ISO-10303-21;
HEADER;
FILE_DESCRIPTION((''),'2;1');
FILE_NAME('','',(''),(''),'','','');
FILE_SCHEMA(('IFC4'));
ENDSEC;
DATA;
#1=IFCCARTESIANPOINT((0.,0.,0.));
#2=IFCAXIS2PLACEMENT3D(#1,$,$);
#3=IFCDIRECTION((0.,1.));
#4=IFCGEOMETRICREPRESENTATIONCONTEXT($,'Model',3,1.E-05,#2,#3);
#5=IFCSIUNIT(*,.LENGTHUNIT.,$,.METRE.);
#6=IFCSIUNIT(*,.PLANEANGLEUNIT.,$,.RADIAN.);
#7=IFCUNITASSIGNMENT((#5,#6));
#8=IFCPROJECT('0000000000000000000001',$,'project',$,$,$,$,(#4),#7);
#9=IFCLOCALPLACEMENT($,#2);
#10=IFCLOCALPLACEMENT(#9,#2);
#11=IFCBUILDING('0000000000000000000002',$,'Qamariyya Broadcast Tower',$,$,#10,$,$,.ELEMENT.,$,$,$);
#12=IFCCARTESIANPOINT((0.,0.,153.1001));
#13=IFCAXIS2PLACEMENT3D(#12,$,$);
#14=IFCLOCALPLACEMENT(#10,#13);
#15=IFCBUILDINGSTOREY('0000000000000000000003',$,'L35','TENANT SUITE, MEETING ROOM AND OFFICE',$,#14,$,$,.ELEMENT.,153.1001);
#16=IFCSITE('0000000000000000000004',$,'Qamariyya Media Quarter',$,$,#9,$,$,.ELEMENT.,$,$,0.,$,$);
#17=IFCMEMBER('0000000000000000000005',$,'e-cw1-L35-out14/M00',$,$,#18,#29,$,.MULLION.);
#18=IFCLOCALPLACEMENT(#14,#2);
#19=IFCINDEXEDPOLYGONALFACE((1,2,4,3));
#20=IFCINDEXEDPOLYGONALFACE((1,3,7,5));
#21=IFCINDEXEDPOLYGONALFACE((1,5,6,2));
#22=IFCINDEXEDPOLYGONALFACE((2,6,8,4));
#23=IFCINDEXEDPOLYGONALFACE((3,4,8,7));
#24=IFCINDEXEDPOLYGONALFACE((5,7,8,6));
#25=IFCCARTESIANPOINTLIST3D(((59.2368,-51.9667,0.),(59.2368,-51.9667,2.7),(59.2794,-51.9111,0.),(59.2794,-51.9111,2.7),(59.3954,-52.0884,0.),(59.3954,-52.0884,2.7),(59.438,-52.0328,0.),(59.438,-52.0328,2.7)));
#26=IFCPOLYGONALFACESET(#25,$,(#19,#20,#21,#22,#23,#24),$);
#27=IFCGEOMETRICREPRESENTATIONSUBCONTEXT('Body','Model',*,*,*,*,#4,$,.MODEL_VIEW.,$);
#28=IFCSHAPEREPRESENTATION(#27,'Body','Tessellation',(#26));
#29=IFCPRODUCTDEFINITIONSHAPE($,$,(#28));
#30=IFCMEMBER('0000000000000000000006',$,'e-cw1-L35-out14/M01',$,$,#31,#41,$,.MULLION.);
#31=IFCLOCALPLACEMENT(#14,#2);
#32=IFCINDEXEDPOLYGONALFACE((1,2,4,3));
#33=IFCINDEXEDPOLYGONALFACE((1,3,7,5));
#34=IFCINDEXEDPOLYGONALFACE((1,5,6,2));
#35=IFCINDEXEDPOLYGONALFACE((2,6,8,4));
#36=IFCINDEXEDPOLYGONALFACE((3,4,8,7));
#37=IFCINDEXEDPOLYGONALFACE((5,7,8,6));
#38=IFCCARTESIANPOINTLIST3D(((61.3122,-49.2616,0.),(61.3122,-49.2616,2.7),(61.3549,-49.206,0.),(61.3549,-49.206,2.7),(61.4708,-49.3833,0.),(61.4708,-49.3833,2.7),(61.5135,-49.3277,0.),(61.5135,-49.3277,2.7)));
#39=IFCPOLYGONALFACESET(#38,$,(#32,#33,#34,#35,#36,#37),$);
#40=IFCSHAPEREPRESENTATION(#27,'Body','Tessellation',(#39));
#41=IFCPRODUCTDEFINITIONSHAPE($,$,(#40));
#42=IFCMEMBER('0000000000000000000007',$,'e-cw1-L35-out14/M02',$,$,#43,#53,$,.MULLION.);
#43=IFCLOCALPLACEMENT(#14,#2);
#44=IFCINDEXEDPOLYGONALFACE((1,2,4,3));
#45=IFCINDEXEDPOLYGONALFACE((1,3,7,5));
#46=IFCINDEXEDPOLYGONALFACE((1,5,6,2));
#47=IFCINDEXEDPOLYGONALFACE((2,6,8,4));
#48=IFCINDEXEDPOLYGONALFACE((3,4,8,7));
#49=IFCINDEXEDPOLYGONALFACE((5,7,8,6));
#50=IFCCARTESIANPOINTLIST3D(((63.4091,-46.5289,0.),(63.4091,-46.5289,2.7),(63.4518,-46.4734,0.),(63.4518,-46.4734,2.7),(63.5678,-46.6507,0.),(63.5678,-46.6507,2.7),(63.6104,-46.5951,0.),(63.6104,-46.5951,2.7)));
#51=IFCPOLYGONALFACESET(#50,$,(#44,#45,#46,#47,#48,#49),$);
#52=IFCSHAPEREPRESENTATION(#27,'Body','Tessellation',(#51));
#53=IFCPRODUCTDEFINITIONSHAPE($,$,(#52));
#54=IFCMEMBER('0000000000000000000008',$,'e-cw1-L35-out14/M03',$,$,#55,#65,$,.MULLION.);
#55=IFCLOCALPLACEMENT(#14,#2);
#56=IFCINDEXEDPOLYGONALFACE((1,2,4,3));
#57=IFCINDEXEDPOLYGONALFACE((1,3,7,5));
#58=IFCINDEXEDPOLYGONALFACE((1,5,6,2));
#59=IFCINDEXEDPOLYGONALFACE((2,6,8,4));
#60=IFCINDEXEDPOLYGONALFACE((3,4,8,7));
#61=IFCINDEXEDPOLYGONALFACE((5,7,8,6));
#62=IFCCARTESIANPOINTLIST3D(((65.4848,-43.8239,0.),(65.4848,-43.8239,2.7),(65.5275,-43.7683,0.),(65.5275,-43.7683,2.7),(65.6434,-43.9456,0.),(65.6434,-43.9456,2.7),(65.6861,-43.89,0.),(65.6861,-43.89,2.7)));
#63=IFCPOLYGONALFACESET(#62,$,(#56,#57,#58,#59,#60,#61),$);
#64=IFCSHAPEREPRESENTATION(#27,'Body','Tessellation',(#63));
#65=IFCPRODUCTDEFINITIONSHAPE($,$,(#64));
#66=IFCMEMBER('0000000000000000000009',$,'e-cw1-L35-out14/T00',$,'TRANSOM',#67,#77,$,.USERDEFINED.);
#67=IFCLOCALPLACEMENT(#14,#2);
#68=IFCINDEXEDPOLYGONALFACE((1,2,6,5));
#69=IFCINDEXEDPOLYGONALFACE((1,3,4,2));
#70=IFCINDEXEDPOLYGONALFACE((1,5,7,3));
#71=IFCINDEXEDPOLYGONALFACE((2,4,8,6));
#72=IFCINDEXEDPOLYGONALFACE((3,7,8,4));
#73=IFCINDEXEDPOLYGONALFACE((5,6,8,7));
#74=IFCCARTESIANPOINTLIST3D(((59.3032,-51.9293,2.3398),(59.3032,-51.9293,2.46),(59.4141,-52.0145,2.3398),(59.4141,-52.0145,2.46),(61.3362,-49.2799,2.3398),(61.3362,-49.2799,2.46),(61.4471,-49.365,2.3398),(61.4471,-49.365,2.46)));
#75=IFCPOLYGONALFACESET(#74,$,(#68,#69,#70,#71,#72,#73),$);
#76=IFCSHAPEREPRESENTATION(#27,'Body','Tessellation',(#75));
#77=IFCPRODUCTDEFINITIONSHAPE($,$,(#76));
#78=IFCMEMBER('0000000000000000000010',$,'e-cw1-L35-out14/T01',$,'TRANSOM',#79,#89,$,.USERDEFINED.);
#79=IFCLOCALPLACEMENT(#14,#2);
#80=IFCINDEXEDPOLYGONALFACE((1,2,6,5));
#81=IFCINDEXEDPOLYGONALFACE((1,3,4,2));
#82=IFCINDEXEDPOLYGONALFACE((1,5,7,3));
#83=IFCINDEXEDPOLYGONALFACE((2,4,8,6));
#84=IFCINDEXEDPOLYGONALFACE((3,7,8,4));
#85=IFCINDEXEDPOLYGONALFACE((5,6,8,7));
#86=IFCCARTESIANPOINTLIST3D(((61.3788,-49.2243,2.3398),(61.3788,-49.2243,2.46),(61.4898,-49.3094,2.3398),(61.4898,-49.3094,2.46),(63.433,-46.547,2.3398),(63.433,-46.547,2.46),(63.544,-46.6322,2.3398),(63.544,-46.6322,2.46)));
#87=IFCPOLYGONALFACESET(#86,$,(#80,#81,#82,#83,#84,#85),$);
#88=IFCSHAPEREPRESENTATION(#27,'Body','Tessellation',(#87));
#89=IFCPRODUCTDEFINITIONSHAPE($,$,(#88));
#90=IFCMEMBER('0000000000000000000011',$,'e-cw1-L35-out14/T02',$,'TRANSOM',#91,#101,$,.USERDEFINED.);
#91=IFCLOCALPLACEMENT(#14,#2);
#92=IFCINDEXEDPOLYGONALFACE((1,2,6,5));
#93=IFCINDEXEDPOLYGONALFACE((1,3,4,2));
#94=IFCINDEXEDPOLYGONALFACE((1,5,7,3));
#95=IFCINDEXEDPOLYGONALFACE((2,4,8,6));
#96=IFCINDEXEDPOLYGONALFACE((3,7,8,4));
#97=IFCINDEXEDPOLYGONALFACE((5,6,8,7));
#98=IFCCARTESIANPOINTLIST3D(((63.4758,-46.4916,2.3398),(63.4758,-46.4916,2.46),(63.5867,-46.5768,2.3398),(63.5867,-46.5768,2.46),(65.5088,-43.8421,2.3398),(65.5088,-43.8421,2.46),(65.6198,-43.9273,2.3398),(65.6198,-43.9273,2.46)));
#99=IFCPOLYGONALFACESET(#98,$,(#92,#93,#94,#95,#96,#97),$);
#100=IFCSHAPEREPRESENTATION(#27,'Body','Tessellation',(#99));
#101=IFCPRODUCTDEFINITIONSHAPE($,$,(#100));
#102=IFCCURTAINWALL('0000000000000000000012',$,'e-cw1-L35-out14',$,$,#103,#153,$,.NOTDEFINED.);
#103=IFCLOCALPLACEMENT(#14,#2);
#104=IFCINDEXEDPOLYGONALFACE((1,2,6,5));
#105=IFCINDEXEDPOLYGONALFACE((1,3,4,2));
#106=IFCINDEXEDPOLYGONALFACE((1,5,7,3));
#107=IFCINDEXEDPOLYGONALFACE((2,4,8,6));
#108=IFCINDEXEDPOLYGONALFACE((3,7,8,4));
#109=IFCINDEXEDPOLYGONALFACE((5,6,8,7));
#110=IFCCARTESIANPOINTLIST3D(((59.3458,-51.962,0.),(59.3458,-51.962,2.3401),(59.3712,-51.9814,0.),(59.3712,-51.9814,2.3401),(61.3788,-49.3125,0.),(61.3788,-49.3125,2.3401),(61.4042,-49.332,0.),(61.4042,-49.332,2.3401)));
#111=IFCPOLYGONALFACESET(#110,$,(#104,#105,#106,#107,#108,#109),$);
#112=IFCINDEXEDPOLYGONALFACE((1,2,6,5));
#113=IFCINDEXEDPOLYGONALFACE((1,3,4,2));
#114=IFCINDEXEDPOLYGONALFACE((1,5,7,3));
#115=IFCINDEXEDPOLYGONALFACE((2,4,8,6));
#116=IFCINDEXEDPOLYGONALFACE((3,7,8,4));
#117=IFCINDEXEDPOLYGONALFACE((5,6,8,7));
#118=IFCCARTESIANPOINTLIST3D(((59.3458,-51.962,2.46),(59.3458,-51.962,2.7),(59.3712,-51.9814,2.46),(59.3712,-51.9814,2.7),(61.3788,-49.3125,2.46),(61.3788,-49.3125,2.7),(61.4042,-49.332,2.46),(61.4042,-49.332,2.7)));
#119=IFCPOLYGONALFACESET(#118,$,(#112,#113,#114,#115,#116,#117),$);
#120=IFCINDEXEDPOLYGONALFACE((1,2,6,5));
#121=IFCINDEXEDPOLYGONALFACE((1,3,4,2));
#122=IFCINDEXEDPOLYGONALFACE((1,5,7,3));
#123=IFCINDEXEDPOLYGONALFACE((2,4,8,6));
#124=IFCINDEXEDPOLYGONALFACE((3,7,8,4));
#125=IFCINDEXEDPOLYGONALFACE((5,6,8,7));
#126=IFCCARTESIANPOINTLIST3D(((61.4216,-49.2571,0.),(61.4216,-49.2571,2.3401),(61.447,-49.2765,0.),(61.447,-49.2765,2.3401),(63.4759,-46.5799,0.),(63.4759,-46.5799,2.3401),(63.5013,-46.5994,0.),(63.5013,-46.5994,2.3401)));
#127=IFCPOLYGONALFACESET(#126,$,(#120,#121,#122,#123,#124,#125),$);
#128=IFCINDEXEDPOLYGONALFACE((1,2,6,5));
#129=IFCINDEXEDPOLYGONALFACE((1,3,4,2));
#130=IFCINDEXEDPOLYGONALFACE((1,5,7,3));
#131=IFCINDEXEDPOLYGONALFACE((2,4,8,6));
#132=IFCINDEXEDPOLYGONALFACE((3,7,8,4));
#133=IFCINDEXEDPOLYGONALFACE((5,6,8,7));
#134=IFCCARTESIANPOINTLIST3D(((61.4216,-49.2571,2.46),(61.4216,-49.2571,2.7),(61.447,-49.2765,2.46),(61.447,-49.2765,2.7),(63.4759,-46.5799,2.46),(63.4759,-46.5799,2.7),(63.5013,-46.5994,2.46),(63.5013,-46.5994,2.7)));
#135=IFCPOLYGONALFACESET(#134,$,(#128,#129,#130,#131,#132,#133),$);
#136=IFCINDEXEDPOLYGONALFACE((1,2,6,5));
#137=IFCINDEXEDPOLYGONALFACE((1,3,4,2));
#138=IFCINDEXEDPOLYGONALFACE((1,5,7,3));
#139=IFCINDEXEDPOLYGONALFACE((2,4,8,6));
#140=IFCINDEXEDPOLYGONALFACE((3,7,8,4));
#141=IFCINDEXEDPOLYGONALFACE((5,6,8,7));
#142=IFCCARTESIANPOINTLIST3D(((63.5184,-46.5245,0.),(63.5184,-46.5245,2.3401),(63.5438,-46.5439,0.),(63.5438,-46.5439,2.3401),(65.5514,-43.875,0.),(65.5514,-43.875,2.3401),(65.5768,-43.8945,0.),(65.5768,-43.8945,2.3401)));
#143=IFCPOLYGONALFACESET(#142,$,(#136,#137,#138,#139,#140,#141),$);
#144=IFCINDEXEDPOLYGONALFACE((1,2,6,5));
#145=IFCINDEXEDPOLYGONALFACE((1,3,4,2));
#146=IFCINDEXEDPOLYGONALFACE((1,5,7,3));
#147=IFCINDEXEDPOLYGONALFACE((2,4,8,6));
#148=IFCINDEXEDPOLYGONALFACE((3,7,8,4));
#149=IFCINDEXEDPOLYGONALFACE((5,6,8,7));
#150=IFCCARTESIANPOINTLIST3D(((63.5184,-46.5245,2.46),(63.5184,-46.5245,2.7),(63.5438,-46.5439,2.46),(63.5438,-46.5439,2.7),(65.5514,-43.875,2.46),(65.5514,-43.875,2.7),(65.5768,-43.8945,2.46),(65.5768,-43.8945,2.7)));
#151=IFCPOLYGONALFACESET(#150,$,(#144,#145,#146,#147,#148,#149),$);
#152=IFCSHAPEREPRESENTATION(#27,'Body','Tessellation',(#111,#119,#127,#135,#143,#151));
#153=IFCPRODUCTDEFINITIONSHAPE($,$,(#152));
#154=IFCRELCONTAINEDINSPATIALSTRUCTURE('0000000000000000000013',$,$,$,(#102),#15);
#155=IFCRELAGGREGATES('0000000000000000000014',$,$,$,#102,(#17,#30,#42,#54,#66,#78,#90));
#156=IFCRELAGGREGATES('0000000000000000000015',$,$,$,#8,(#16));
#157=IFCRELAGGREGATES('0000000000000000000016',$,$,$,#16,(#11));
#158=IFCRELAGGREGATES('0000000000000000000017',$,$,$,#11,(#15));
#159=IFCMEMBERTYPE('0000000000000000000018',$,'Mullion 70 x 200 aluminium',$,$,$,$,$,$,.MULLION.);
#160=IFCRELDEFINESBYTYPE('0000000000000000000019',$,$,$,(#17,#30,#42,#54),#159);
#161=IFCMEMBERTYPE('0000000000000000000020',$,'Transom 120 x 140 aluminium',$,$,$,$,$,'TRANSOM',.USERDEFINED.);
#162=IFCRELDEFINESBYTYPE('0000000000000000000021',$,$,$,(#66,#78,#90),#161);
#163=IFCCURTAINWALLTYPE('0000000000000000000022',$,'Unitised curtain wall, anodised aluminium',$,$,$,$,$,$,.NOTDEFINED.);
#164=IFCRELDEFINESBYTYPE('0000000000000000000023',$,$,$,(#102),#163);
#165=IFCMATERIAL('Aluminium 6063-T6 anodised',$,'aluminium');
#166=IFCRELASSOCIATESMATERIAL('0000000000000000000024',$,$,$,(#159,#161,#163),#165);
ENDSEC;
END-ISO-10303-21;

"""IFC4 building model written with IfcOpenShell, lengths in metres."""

from ifc_helpers import new_model, si_unit, direction, frame, origin, origin_2d, place, context, subcontext, project, spatial, rectangle, extrude, material, material_profile, profile_set, type_object, element, aggregate, save


model = new_model("IFC4")

# Units and contexts
model_context = context("Model", 3, precision=1e-05, world=origin(), true_north=direction((0.0, 1.0)))
body_context = subcontext(model_context, "Body", "Model", "MODEL_VIEW")
ifc_project = project(units=[si_unit("LENGTHUNIT", "METRE"), si_unit("PLANEANGLEUNIT", "RADIAN")], contexts=[model_context])

# Members
ifc_material_1 = material(Name="Aluminium 6063-T6 anodised", Category="aluminium")
site_placement = place(None, origin())
building_placement = place(site_placement, origin())
storey_placement = place(building_placement, frame((0.0, 0.0, 153.1001)))
ifc_material_profile_1 = material_profile(ifc_material_1, rectangle(XDim=0.2, YDim=0.0701, at=origin_2d()))
ifc_profile_set_1 = profile_set([ifc_material_profile_1], Name="Aluminium 6063-T6 anodised")
member_type_1 = type_object("IfcMemberType", Name="Mullion 70 x 200 aluminium", PredefinedType="MULLION", material=ifc_profile_set_1)
member_1_placement = place(storey_placement, frame((59.3374, -51.9998, 0.0), z_axis=(0.0, 0.0, 1.0), x_axis=(-0.793353, 0.608761, 0.0)))
member_1 = element("IfcMember", 1, at=member_1_placement, type_object=member_type_1, Name="e-cw1-L35-out14/M00", PredefinedType="MULLION", context=body_context, shape_type="SweptSolid", body=[
    extrude(rectangle(XDim=0.2, YDim=0.0701, at=origin_2d()), origin(), (0.0, 0.0, 1.0), 2.7),
])
member_2_placement = place(storey_placement, frame((61.4128, -49.2947, 0.0), z_axis=(0.0, 0.0, 1.0), x_axis=(-0.793353, 0.608761, 0.0)))
member_2 = element("IfcMember", 2, at=member_2_placement, type_object=member_type_1, Name="e-cw1-L35-out14/M01", PredefinedType="MULLION", context=body_context, shape_type="SweptSolid", body=[
    extrude(rectangle(XDim=0.2, YDim=0.0701, at=origin_2d()), origin(), (0.0, 0.0, 1.0), 2.7),
])
member_3_placement = place(storey_placement, frame((63.5098, -46.562, 0.0), z_axis=(0.0, 0.0, 1.0), x_axis=(-0.793353, 0.608761, 0.0)))
member_3 = element("IfcMember", 3, at=member_3_placement, type_object=member_type_1, Name="e-cw1-L35-out14/M02", PredefinedType="MULLION", context=body_context, shape_type="SweptSolid", body=[
    extrude(rectangle(XDim=0.2, YDim=0.0701, at=origin_2d()), origin(), (0.0, 0.0, 1.0), 2.7),
])
member_4_placement = place(storey_placement, frame((65.5854, -43.8569, 0.0), z_axis=(0.0, 0.0, 1.0), x_axis=(-0.793353, 0.608761, 0.0)))
member_4 = element("IfcMember", 4, at=member_4_placement, type_object=member_type_1, Name="e-cw1-L35-out14/M03", PredefinedType="MULLION", context=body_context, shape_type="SweptSolid", body=[
    extrude(rectangle(XDim=0.2, YDim=0.0701, at=origin_2d()), origin(), (0.0, 0.0, 1.0), 2.7),
])
ifc_material_profile_2 = material_profile(ifc_material_1, rectangle(XDim=0.1399, YDim=0.1201, at=origin_2d()))
ifc_profile_set_2 = profile_set([ifc_material_profile_2], Name="Aluminium 6063-T6 anodised")
member_type_2 = type_object("IfcMemberType", Name="Transom 120 x 140 aluminium", ElementType="TRANSOM", PredefinedType="USERDEFINED", material=ifc_profile_set_2)
member_5_placement = place(storey_placement, frame((59.3586, -51.9719, 2.3999), z_axis=(0.60876, 0.793354, 0.0), x_axis=(-0.793354, 0.60876, 0.0)))
member_5 = element("IfcMember", 5, at=member_5_placement, type_object=member_type_2, Name="e-cw1-L35-out14/T00", ObjectType="TRANSOM", PredefinedType="USERDEFINED", context=body_context, shape_type="SweptSolid", body=[
    extrude(rectangle(XDim=0.1399, YDim=0.1201, at=origin_2d()), origin(), (0.0, 0.0, 1.0), 3.3396),
])
member_6_placement = place(storey_placement, frame((61.4343, -49.2668, 2.3999), z_axis=(0.608738, 0.793371, 0.0), x_axis=(-0.793371, 0.608738, 0.0)))
member_6 = element("IfcMember", 6, at=member_6_placement, type_object=member_type_2, Name="e-cw1-L35-out14/T01", ObjectType="TRANSOM", PredefinedType="USERDEFINED", context=body_context, shape_type="SweptSolid", body=[
    extrude(rectangle(XDim=0.1399, YDim=0.1201, at=origin_2d()), origin(), (0.0, 0.0, 1.0), 3.3745),
])
member_7_placement = place(storey_placement, frame((63.5312, -46.5342, 2.3999), z_axis=(0.60876, 0.793354, 0.0), x_axis=(-0.793354, 0.60876, 0.0)))
member_7 = element("IfcMember", 7, at=member_7_placement, type_object=member_type_2, Name="e-cw1-L35-out14/T02", ObjectType="TRANSOM", PredefinedType="USERDEFINED", context=body_context, shape_type="SweptSolid", body=[
    extrude(rectangle(XDim=0.1399, YDim=0.1201, at=origin_2d()), origin(), (0.0, 0.0, 1.0), 3.3396),
])

# Site, building, storey
site = spatial("IfcSite", under=ifc_project, at=site_placement, Name="Qamariyya Media Quarter", CompositionType="ELEMENT", RefElevation=0.0)
building = spatial("IfcBuilding", under=site, at=building_placement, Name="Qamariyya Broadcast Tower", CompositionType="ELEMENT")
storey = spatial("IfcBuildingStorey", under=building, at=storey_placement, Name="L35", Description="TENANT SUITE, MEETING ROOM AND OFFICE", CompositionType="ELEMENT", Elevation=153.1001)

# Curtain wall
curtain_wall_type_1 = type_object("IfcCurtainWallType", Name="Unitised curtain wall, anodised aluminium", PredefinedType="NOTDEFINED", material=ifc_material_1)
curtain_wall_1_placement = place(storey_placement, origin())
curtain_wall_1 = element("IfcCurtainWall", 8, at=curtain_wall_1_placement, inside=storey, type_object=curtain_wall_type_1, Name="e-cw1-L35-out14", PredefinedType="NOTDEFINED", context=body_context, shape_type="SweptSolid", body=[
    extrude(rectangle(XDim=3.3396, YDim=0.032, at=origin_2d()), frame((60.375, -50.647, 0.0), x_axis=(0.608764, 0.793352, 0.0)), (0.0, 0.0, 1.0), 2.3401),
    extrude(rectangle(XDim=3.3396, YDim=0.032, at=origin_2d()), frame((60.375, -50.647, 2.46), x_axis=(0.608764, 0.793352, 0.0)), (0.0, 0.0, 1.0), 0.24),
    extrude(rectangle(XDim=3.3745, YDim=0.032, at=origin_2d()), frame((62.4614, -47.9282, 0.0), x_axis=(0.608764, 0.793352, 0.0)), (0.0, 0.0, 1.0), 2.3401),
    extrude(rectangle(XDim=3.3745, YDim=0.032, at=origin_2d()), frame((62.4614, -47.9282, 2.46), x_axis=(0.608764, 0.793352, 0.0)), (0.0, 0.0, 1.0), 0.24),
    extrude(rectangle(XDim=3.3396, YDim=0.032, at=origin_2d()), frame((64.5476, -45.2095, 0.0), x_axis=(0.608764, 0.793352, 0.0)), (0.0, 0.0, 1.0), 2.3401),
    extrude(rectangle(XDim=3.3396, YDim=0.032, at=origin_2d()), frame((64.5476, -45.2095, 2.46), x_axis=(0.608764, 0.793352, 0.0)), (0.0, 0.0, 1.0), 0.24),
])
aggregate(curtain_wall_1, [member_1, member_2, member_3, member_4, member_5, member_6, member_7])

save(model, "model.ifc")
